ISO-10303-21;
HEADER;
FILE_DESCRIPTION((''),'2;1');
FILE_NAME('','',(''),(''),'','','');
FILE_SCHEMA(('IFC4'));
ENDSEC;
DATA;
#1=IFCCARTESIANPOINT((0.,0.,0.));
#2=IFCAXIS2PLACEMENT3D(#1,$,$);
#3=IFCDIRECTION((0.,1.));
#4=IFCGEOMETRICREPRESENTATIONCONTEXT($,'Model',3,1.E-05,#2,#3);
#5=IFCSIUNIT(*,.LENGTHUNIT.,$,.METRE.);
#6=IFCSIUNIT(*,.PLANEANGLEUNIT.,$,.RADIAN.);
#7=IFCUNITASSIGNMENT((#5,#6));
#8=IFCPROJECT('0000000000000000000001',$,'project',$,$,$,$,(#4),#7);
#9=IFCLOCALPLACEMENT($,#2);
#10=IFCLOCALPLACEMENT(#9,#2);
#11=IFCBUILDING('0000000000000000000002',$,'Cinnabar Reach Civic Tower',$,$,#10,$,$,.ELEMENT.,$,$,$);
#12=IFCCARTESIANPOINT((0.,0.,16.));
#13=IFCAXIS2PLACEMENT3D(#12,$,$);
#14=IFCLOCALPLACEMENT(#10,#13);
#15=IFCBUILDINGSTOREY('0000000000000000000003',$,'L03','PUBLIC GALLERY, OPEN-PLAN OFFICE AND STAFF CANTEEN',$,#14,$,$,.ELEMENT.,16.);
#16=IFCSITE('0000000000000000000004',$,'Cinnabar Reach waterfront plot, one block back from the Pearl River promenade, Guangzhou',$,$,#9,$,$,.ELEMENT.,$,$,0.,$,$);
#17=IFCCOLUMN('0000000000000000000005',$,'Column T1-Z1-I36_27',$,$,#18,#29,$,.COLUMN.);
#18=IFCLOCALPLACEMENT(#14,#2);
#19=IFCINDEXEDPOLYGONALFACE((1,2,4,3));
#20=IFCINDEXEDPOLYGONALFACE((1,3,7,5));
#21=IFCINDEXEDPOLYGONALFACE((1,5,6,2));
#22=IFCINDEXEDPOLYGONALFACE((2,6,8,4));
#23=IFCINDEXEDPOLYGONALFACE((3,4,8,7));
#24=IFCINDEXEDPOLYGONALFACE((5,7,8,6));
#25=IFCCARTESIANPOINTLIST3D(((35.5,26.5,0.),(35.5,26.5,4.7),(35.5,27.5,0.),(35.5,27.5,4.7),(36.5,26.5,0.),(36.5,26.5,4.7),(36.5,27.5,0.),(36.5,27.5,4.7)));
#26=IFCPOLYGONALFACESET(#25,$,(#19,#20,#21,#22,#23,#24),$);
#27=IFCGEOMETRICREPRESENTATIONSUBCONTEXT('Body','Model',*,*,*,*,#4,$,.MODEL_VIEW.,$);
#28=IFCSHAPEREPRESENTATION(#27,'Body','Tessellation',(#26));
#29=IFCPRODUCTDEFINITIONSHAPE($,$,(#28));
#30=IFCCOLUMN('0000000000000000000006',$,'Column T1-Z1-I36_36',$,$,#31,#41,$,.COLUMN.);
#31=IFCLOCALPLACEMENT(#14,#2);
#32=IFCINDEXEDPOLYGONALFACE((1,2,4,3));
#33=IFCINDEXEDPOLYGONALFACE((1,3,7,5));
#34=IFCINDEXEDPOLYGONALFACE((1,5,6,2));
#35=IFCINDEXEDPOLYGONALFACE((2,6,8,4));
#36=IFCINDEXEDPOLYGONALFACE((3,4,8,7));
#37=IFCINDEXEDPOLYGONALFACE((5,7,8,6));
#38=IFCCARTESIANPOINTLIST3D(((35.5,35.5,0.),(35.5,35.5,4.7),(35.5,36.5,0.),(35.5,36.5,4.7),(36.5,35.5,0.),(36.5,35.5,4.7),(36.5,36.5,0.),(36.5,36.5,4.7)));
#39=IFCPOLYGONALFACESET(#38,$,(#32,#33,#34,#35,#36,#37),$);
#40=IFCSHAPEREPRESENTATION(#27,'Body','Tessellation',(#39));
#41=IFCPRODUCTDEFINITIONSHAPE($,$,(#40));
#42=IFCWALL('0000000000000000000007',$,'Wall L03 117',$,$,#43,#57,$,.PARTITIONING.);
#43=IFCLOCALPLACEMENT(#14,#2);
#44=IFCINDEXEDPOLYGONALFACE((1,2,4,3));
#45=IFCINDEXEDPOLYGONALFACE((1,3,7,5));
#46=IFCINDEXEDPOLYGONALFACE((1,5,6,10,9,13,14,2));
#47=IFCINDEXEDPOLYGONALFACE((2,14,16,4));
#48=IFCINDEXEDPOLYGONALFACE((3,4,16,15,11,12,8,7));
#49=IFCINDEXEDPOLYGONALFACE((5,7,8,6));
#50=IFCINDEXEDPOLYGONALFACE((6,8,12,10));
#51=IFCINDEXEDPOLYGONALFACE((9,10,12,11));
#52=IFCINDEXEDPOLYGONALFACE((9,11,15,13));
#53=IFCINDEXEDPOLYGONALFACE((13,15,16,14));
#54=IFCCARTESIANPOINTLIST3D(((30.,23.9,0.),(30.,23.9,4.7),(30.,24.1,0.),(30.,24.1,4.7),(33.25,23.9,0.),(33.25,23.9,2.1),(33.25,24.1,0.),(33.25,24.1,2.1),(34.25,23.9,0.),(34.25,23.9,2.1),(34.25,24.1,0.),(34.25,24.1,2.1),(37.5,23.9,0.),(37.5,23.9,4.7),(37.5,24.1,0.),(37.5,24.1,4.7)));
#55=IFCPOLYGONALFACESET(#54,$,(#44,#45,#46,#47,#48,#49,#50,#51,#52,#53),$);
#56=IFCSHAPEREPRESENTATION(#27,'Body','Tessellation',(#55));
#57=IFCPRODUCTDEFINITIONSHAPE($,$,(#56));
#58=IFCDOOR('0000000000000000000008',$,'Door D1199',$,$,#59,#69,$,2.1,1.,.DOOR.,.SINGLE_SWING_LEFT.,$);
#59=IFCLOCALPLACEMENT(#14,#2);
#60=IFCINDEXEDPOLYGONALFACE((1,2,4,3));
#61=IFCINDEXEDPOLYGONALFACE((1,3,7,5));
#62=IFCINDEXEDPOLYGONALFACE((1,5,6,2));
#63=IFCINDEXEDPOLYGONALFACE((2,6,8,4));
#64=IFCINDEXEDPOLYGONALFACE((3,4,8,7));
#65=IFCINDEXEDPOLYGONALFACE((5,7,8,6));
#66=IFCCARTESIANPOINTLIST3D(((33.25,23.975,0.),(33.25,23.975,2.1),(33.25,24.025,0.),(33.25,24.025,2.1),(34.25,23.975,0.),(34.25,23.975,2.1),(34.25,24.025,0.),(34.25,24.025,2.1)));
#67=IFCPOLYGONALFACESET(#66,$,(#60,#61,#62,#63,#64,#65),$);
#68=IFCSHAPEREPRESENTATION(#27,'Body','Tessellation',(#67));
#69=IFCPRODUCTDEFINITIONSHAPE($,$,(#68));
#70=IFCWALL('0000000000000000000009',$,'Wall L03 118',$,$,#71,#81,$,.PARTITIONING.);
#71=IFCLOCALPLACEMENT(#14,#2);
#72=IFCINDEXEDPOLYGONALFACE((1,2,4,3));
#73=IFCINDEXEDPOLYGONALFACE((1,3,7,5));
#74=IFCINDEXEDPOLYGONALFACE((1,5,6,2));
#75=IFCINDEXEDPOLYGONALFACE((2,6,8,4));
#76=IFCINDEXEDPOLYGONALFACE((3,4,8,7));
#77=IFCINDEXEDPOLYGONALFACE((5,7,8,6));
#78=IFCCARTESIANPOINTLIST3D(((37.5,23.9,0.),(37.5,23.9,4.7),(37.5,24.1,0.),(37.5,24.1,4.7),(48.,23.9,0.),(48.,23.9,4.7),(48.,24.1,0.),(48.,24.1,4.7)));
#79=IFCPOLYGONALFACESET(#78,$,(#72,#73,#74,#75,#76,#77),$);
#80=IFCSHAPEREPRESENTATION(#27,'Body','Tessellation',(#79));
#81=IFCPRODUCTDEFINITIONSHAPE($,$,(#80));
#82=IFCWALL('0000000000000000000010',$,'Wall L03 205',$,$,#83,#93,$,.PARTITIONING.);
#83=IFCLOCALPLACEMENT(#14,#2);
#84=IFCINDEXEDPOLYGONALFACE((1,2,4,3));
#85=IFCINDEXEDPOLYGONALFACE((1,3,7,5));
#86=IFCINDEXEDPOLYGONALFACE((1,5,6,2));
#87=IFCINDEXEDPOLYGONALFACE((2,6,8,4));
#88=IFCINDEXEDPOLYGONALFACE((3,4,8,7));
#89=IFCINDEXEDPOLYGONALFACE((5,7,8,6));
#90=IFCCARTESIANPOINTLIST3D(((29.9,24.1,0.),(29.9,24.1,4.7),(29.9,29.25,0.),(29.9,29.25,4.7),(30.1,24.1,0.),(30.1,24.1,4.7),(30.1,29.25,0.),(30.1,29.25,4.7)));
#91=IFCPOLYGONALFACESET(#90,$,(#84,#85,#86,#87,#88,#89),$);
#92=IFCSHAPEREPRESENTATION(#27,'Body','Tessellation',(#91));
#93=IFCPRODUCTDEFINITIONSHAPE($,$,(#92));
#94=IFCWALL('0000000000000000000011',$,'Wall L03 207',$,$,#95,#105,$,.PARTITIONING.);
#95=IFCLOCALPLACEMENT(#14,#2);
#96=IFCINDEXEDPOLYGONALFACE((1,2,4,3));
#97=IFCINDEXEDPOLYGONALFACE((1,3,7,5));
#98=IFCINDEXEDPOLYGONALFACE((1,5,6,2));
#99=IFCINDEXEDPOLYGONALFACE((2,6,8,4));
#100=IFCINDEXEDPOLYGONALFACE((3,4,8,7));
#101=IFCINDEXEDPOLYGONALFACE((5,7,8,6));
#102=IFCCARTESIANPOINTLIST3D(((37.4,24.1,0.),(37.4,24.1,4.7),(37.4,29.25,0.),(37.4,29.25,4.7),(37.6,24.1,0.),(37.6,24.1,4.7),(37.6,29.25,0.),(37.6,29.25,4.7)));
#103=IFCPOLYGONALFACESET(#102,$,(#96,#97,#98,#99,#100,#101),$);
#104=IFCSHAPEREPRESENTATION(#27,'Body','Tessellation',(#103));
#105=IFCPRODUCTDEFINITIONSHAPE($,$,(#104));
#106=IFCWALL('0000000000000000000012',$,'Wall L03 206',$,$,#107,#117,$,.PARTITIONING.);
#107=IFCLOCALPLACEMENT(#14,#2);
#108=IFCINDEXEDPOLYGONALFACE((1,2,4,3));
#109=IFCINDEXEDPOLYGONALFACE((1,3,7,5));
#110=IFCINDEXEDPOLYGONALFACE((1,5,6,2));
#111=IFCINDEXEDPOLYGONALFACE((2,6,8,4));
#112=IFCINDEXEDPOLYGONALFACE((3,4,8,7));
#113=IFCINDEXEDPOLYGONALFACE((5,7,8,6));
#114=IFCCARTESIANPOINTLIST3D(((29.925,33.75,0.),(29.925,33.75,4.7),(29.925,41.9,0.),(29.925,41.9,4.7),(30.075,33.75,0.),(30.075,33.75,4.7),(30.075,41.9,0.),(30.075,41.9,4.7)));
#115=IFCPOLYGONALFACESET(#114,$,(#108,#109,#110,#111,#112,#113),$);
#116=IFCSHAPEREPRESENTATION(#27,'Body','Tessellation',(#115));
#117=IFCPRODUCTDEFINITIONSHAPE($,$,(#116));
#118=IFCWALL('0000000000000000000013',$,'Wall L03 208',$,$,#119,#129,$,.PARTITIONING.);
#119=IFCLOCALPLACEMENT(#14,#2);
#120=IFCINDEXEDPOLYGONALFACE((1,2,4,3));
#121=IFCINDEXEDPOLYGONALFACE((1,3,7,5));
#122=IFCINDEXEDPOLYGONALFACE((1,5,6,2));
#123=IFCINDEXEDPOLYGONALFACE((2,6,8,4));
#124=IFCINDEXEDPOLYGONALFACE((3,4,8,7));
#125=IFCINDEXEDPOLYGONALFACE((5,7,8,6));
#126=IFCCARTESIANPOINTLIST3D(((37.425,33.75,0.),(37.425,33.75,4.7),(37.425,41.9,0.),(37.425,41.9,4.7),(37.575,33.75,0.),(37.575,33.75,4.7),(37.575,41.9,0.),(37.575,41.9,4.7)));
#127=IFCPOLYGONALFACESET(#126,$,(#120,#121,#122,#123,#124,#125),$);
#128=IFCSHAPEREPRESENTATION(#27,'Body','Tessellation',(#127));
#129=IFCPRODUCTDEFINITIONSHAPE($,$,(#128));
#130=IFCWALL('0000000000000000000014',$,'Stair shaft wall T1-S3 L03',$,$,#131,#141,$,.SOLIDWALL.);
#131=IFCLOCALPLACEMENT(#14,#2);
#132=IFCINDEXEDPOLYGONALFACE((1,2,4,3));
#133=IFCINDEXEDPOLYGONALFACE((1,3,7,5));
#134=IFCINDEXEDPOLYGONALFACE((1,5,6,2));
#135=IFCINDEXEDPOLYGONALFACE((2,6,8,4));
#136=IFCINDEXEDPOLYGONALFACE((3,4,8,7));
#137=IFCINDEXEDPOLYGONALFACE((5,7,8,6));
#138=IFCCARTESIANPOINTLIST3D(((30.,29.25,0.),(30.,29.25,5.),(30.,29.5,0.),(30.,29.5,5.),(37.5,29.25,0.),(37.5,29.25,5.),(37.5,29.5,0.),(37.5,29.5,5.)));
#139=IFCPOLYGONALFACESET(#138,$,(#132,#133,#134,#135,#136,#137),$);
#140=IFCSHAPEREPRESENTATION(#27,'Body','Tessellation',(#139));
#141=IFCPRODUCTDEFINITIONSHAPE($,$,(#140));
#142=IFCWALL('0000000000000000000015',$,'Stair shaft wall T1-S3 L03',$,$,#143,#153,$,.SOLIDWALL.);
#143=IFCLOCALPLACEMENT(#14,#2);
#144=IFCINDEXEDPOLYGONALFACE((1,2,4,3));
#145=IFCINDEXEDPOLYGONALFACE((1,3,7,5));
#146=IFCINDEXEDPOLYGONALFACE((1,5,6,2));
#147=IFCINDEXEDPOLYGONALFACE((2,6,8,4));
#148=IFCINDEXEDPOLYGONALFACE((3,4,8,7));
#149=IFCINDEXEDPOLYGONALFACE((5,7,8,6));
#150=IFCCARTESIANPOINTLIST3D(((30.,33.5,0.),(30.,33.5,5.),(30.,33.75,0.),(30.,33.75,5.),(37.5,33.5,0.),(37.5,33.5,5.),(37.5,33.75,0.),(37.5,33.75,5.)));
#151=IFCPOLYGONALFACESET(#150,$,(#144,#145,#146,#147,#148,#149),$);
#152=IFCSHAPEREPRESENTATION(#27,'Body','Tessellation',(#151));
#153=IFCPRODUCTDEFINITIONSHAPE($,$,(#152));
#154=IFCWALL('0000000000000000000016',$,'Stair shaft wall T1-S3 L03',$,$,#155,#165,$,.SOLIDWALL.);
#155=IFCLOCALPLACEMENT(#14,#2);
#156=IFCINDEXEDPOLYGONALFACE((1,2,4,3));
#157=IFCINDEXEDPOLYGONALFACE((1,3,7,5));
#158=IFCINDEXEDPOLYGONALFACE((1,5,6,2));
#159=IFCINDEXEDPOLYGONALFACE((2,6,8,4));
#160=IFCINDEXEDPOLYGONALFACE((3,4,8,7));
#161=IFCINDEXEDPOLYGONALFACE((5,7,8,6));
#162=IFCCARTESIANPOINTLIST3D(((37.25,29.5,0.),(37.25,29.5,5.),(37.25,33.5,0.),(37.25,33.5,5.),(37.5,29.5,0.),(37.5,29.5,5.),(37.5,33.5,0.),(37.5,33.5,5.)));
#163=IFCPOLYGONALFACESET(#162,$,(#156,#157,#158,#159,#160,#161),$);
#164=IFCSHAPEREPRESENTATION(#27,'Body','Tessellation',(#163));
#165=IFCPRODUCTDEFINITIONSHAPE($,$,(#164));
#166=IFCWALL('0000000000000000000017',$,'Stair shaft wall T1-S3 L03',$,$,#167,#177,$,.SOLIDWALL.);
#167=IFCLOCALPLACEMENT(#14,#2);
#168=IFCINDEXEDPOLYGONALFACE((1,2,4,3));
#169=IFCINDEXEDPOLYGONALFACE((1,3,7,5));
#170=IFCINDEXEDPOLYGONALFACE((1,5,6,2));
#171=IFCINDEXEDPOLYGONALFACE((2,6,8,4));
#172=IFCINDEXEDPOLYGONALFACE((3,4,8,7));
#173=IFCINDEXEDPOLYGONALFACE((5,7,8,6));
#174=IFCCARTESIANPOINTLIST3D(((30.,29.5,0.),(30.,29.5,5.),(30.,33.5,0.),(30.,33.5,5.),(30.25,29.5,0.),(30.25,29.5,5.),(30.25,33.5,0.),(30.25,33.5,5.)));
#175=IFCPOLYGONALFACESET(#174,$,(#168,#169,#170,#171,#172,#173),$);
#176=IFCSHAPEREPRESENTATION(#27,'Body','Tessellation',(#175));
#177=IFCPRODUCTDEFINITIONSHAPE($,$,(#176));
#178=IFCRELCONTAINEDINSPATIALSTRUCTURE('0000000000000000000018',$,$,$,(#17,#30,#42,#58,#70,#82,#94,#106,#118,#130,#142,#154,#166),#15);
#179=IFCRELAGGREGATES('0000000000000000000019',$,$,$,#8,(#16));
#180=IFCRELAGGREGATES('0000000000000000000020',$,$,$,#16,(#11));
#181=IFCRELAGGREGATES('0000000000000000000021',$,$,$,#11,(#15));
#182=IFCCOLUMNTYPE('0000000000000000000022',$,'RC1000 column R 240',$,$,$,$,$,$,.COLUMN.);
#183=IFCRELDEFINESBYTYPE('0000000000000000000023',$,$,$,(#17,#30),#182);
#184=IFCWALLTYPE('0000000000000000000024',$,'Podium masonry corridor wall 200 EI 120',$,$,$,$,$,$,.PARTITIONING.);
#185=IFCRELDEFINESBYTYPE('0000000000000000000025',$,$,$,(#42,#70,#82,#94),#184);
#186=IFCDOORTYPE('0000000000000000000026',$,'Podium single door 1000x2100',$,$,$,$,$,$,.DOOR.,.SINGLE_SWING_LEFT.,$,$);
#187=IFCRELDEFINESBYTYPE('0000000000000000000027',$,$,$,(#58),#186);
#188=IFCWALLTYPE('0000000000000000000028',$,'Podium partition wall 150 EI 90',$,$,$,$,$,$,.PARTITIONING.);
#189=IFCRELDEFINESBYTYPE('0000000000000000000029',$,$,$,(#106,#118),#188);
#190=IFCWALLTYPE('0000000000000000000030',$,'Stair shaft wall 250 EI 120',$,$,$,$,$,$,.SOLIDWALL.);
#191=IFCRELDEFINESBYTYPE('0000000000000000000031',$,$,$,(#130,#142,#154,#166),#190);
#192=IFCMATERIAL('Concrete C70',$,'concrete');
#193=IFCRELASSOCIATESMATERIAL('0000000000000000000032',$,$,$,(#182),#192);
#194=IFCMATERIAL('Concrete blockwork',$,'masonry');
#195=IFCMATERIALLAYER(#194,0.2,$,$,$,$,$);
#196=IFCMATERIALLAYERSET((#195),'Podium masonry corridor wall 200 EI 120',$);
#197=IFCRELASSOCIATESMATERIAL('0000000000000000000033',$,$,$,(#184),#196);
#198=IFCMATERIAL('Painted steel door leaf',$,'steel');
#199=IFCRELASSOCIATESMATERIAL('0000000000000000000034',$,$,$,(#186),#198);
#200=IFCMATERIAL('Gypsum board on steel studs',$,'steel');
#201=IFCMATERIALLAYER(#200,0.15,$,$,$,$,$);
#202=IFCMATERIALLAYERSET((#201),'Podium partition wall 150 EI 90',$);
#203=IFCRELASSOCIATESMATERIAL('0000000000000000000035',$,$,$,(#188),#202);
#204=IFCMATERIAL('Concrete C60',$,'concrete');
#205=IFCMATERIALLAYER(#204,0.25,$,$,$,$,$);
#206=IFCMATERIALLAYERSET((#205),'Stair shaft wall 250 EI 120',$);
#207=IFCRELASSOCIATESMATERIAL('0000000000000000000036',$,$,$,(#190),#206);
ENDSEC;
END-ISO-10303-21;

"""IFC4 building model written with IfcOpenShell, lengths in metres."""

from ifc_helpers import new_model, si_unit, direction, frame, frame_2d, origin, origin_2d, place, context, subcontext, project, spatial, rectangle, extrude, material, layer, layer_set, material_profile, profile_set, type_object, element, fill, save


model = new_model("IFC4")

# Units and contexts
model_context = context("Model", 3, precision=1e-05, world=origin(), true_north=direction((0.0, 1.0)))
body_context = subcontext(model_context, "Body", "Model", "MODEL_VIEW")
ifc_project = project(units=[si_unit("LENGTHUNIT", "METRE"), si_unit("PLANEANGLEUNIT", "RADIAN")], contexts=[model_context])

# Site, building, storey
site_placement = place(None, origin())
site = spatial("IfcSite", under=ifc_project, at=site_placement, Name="Cinnabar Reach waterfront plot, one block back from the Pearl River promenade, Guangzhou", CompositionType="ELEMENT", RefElevation=0.0)
building_placement = place(site_placement, origin())
building = spatial("IfcBuilding", under=site, at=building_placement, Name="Cinnabar Reach Civic Tower", CompositionType="ELEMENT")
storey_placement = place(building_placement, frame((0.0, 0.0, 16.0)))
storey = spatial("IfcBuildingStorey", under=building, at=storey_placement, Name="L03", Description="PUBLIC GALLERY, OPEN-PLAN OFFICE AND STAFF CANTEEN", CompositionType="ELEMENT", Elevation=16.0)

# Columns
ifc_material_1 = material(Name="Concrete C70", Category="concrete")
ifc_material_profile = material_profile(ifc_material_1, rectangle(XDim=1.0, YDim=1.0, at=origin_2d()), Name="RC1000")
ifc_profile_set = profile_set([ifc_material_profile], Name="Concrete C70")
column_type = type_object("IfcColumnType", Name="RC1000 column R 240", PredefinedType="COLUMN", material=ifc_profile_set)
for number, where, z_axis, x_axis, name in (
    (1, (36.0, 27.0, 0.0), (0.0, 0.0, 1.0), (1.0, 0.0, 0.0), "Column T1-Z1-I36_27"),
    (2, (36.0, 36.0, 0.0), (0.0, 0.0, 1.0), (1.0, 0.0, 0.0), "Column T1-Z1-I36_36"),
):
    element("IfcColumn", number, at=place(storey_placement, frame(where, z_axis=z_axis, x_axis=x_axis)), inside=storey, type_object=column_type, Name=name, PredefinedType="COLUMN", context=body_context, shape_type="SweptSolid", body=[
        extrude(rectangle(XDim=1.0, YDim=1.0, at=origin_2d()), origin(), (0.0, 0.0, 1.0), 4.7),
    ])

# Wall, opening, door
ifc_material_2 = material(Name="Concrete blockwork", Category="masonry")
ifc_layer_1 = layer(ifc_material_2, 0.2)
ifc_layer_set_1 = layer_set([ifc_layer_1], Name="Podium masonry corridor wall 200 EI 120")
wall_type_1 = type_object("IfcWallType", Name="Podium masonry corridor wall 200 EI 120", PredefinedType="PARTITIONING", material=ifc_layer_set_1)
wall_1_placement = place(storey_placement, frame((30.0, 24.0, 0.0), z_axis=(0.0, 0.0, 1.0), x_axis=(1.0, 0.0, 0.0)))
wall_1 = element("IfcWall", 3, at=wall_1_placement, inside=storey, type_object=wall_type_1, Name="Wall L03 117", PredefinedType="PARTITIONING", context=body_context, shape_type="SweptSolid", body=[
    extrude(rectangle(XDim=7.5, YDim=0.2, at=frame_2d((3.75, 0.0))), origin(), (0.0, 0.0, 1.0), 4.7),
])
opening_placement = place(wall_1_placement, frame((3.25, 0.0, 0.0)))
opening = element("IfcOpeningElement", 4, at=opening_placement, cuts=wall_1, PredefinedType="OPENING", context=body_context, shape_type="SweptSolid", body=[
    extrude(rectangle(XDim=1.0, YDim=2.1, at=frame_2d((0.5, 1.05))), frame((0.0, 0.11, 0.0), z_axis=(0.0, -1.0, 0.0), x_axis=(1.0, 0.0, 0.0)), (0.0, 0.0, 1.0), 0.22),
])
ifc_material_3 = material(Name="Painted steel door leaf", Category="steel")
door_type = type_object("IfcDoorType", Name="Podium single door 1000x2100", OperationType="SINGLE_SWING_LEFT", PredefinedType="DOOR", material=ifc_material_3)
door_placement = place(opening_placement, origin())
door = element("IfcDoor", 5, at=door_placement, inside=storey, type_object=door_type, Name="Door D1199", OperationType="SINGLE_SWING_LEFT", OverallHeight=2.1, OverallWidth=1.0, PredefinedType="DOOR", context=body_context, shape_type="SweptSolid", body=[
    extrude(rectangle(XDim=1.0, YDim=2.1, at=frame_2d((0.5, 1.05))), frame((0.0, 0.025, 0.0), z_axis=(0.0, -1.0, 0.0), x_axis=(1.0, 0.0, 0.0)), (0.0, 0.0, 1.0), 0.05),
])
fill(opening, door)

# Walls
wall_2_placement = place(storey_placement, frame((37.5, 24.0, 0.0), z_axis=(0.0, 0.0, 1.0), x_axis=(1.0, 0.0, 0.0)))
element("IfcWall", 6, at=wall_2_placement, inside=storey, type_object=wall_type_1, Name="Wall L03 118", PredefinedType="PARTITIONING", context=body_context, shape_type="SweptSolid", body=[
    extrude(rectangle(XDim=10.5, YDim=0.2, at=frame_2d((5.25, 0.0))), origin(), (0.0, 0.0, 1.0), 4.7),
])
for number, where, z_axis, x_axis, name in (
    (7, (30.0, 24.1, 0.0), (0.0, 0.0, 1.0), (0.0, 1.0, 0.0), "Wall L03 205"),
    (8, (37.5, 24.1, 0.0), (0.0, 0.0, 1.0), (0.0, 1.0, 0.0), "Wall L03 207"),
):
    element("IfcWall", number, at=place(storey_placement, frame(where, z_axis=z_axis, x_axis=x_axis)), inside=storey, type_object=wall_type_1, Name=name, PredefinedType="PARTITIONING", context=body_context, shape_type="SweptSolid", body=[
        extrude(rectangle(XDim=5.15, YDim=0.2, at=frame_2d((2.575, 0.0))), origin(), (0.0, 0.0, 1.0), 4.7),
    ])
ifc_material_4 = material(Name="Gypsum board on steel studs", Category="steel")
ifc_layer_2 = layer(ifc_material_4, 0.15)
ifc_layer_set_2 = layer_set([ifc_layer_2], Name="Podium partition wall 150 EI 90")
wall_type_2 = type_object("IfcWallType", Name="Podium partition wall 150 EI 90", PredefinedType="PARTITIONING", material=ifc_layer_set_2)
for number, where, z_axis, x_axis, name in (
    (9, (30.0, 33.75, 0.0), (0.0, 0.0, 1.0), (0.0, 1.0, 0.0), "Wall L03 206"),
    (10, (37.5, 33.75, 0.0), (0.0, 0.0, 1.0), (0.0, 1.0, 0.0), "Wall L03 208"),
):
    element("IfcWall", number, at=place(storey_placement, frame(where, z_axis=z_axis, x_axis=x_axis)), inside=storey, type_object=wall_type_2, Name=name, PredefinedType="PARTITIONING", context=body_context, shape_type="SweptSolid", body=[
        extrude(rectangle(XDim=8.15, YDim=0.15, at=frame_2d((4.075, 0.0))), origin(), (0.0, 0.0, 1.0), 4.7),
    ])
ifc_material_5 = material(Name="Concrete C60", Category="concrete")
ifc_layer_3 = layer(ifc_material_5, 0.25)
ifc_layer_set_3 = layer_set([ifc_layer_3], Name="Stair shaft wall 250 EI 120")
wall_type_3 = type_object("IfcWallType", Name="Stair shaft wall 250 EI 120", PredefinedType="SOLIDWALL", material=ifc_layer_set_3)
for number, where, z_axis, x_axis, name in (
    (11, (30.0, 29.375, 0.0), (0.0, 0.0, 1.0), (1.0, 0.0, 0.0), "Stair shaft wall T1-S3 L03"),
    (12, (37.5, 33.625, 0.0), (0.0, 0.0, 1.0), (-1.0, 0.0, 0.0), "Stair shaft wall T1-S3 L03"),
):
    element("IfcWall", number, at=place(storey_placement, frame(where, z_axis=z_axis, x_axis=x_axis)), inside=storey, type_object=wall_type_3, Name=name, PredefinedType="SOLIDWALL", context=body_context, shape_type="SweptSolid", body=[
        extrude(rectangle(XDim=7.5, YDim=0.25, at=frame_2d((3.75, 0.0))), origin(), (0.0, 0.0, 1.0), 5.0),
    ])
for number, where, z_axis, x_axis, name in (
    (13, (37.375, 29.5, 0.0), (0.0, 0.0, 1.0), (0.0, 1.0, 0.0), "Stair shaft wall T1-S3 L03"),
    (14, (30.125, 33.5, 0.0), (0.0, 0.0, 1.0), (0.0, -1.0, 0.0), "Stair shaft wall T1-S3 L03"),
):
    element("IfcWall", number, at=place(storey_placement, frame(where, z_axis=z_axis, x_axis=x_axis)), inside=storey, type_object=wall_type_3, Name=name, PredefinedType="SOLIDWALL", context=body_context, shape_type="SweptSolid", body=[
        extrude(rectangle(XDim=4.0, YDim=0.25, at=frame_2d((2.0, 0.0))), origin(), (0.0, 0.0, 1.0), 5.0),
    ])

save(model, "model.ifc")
